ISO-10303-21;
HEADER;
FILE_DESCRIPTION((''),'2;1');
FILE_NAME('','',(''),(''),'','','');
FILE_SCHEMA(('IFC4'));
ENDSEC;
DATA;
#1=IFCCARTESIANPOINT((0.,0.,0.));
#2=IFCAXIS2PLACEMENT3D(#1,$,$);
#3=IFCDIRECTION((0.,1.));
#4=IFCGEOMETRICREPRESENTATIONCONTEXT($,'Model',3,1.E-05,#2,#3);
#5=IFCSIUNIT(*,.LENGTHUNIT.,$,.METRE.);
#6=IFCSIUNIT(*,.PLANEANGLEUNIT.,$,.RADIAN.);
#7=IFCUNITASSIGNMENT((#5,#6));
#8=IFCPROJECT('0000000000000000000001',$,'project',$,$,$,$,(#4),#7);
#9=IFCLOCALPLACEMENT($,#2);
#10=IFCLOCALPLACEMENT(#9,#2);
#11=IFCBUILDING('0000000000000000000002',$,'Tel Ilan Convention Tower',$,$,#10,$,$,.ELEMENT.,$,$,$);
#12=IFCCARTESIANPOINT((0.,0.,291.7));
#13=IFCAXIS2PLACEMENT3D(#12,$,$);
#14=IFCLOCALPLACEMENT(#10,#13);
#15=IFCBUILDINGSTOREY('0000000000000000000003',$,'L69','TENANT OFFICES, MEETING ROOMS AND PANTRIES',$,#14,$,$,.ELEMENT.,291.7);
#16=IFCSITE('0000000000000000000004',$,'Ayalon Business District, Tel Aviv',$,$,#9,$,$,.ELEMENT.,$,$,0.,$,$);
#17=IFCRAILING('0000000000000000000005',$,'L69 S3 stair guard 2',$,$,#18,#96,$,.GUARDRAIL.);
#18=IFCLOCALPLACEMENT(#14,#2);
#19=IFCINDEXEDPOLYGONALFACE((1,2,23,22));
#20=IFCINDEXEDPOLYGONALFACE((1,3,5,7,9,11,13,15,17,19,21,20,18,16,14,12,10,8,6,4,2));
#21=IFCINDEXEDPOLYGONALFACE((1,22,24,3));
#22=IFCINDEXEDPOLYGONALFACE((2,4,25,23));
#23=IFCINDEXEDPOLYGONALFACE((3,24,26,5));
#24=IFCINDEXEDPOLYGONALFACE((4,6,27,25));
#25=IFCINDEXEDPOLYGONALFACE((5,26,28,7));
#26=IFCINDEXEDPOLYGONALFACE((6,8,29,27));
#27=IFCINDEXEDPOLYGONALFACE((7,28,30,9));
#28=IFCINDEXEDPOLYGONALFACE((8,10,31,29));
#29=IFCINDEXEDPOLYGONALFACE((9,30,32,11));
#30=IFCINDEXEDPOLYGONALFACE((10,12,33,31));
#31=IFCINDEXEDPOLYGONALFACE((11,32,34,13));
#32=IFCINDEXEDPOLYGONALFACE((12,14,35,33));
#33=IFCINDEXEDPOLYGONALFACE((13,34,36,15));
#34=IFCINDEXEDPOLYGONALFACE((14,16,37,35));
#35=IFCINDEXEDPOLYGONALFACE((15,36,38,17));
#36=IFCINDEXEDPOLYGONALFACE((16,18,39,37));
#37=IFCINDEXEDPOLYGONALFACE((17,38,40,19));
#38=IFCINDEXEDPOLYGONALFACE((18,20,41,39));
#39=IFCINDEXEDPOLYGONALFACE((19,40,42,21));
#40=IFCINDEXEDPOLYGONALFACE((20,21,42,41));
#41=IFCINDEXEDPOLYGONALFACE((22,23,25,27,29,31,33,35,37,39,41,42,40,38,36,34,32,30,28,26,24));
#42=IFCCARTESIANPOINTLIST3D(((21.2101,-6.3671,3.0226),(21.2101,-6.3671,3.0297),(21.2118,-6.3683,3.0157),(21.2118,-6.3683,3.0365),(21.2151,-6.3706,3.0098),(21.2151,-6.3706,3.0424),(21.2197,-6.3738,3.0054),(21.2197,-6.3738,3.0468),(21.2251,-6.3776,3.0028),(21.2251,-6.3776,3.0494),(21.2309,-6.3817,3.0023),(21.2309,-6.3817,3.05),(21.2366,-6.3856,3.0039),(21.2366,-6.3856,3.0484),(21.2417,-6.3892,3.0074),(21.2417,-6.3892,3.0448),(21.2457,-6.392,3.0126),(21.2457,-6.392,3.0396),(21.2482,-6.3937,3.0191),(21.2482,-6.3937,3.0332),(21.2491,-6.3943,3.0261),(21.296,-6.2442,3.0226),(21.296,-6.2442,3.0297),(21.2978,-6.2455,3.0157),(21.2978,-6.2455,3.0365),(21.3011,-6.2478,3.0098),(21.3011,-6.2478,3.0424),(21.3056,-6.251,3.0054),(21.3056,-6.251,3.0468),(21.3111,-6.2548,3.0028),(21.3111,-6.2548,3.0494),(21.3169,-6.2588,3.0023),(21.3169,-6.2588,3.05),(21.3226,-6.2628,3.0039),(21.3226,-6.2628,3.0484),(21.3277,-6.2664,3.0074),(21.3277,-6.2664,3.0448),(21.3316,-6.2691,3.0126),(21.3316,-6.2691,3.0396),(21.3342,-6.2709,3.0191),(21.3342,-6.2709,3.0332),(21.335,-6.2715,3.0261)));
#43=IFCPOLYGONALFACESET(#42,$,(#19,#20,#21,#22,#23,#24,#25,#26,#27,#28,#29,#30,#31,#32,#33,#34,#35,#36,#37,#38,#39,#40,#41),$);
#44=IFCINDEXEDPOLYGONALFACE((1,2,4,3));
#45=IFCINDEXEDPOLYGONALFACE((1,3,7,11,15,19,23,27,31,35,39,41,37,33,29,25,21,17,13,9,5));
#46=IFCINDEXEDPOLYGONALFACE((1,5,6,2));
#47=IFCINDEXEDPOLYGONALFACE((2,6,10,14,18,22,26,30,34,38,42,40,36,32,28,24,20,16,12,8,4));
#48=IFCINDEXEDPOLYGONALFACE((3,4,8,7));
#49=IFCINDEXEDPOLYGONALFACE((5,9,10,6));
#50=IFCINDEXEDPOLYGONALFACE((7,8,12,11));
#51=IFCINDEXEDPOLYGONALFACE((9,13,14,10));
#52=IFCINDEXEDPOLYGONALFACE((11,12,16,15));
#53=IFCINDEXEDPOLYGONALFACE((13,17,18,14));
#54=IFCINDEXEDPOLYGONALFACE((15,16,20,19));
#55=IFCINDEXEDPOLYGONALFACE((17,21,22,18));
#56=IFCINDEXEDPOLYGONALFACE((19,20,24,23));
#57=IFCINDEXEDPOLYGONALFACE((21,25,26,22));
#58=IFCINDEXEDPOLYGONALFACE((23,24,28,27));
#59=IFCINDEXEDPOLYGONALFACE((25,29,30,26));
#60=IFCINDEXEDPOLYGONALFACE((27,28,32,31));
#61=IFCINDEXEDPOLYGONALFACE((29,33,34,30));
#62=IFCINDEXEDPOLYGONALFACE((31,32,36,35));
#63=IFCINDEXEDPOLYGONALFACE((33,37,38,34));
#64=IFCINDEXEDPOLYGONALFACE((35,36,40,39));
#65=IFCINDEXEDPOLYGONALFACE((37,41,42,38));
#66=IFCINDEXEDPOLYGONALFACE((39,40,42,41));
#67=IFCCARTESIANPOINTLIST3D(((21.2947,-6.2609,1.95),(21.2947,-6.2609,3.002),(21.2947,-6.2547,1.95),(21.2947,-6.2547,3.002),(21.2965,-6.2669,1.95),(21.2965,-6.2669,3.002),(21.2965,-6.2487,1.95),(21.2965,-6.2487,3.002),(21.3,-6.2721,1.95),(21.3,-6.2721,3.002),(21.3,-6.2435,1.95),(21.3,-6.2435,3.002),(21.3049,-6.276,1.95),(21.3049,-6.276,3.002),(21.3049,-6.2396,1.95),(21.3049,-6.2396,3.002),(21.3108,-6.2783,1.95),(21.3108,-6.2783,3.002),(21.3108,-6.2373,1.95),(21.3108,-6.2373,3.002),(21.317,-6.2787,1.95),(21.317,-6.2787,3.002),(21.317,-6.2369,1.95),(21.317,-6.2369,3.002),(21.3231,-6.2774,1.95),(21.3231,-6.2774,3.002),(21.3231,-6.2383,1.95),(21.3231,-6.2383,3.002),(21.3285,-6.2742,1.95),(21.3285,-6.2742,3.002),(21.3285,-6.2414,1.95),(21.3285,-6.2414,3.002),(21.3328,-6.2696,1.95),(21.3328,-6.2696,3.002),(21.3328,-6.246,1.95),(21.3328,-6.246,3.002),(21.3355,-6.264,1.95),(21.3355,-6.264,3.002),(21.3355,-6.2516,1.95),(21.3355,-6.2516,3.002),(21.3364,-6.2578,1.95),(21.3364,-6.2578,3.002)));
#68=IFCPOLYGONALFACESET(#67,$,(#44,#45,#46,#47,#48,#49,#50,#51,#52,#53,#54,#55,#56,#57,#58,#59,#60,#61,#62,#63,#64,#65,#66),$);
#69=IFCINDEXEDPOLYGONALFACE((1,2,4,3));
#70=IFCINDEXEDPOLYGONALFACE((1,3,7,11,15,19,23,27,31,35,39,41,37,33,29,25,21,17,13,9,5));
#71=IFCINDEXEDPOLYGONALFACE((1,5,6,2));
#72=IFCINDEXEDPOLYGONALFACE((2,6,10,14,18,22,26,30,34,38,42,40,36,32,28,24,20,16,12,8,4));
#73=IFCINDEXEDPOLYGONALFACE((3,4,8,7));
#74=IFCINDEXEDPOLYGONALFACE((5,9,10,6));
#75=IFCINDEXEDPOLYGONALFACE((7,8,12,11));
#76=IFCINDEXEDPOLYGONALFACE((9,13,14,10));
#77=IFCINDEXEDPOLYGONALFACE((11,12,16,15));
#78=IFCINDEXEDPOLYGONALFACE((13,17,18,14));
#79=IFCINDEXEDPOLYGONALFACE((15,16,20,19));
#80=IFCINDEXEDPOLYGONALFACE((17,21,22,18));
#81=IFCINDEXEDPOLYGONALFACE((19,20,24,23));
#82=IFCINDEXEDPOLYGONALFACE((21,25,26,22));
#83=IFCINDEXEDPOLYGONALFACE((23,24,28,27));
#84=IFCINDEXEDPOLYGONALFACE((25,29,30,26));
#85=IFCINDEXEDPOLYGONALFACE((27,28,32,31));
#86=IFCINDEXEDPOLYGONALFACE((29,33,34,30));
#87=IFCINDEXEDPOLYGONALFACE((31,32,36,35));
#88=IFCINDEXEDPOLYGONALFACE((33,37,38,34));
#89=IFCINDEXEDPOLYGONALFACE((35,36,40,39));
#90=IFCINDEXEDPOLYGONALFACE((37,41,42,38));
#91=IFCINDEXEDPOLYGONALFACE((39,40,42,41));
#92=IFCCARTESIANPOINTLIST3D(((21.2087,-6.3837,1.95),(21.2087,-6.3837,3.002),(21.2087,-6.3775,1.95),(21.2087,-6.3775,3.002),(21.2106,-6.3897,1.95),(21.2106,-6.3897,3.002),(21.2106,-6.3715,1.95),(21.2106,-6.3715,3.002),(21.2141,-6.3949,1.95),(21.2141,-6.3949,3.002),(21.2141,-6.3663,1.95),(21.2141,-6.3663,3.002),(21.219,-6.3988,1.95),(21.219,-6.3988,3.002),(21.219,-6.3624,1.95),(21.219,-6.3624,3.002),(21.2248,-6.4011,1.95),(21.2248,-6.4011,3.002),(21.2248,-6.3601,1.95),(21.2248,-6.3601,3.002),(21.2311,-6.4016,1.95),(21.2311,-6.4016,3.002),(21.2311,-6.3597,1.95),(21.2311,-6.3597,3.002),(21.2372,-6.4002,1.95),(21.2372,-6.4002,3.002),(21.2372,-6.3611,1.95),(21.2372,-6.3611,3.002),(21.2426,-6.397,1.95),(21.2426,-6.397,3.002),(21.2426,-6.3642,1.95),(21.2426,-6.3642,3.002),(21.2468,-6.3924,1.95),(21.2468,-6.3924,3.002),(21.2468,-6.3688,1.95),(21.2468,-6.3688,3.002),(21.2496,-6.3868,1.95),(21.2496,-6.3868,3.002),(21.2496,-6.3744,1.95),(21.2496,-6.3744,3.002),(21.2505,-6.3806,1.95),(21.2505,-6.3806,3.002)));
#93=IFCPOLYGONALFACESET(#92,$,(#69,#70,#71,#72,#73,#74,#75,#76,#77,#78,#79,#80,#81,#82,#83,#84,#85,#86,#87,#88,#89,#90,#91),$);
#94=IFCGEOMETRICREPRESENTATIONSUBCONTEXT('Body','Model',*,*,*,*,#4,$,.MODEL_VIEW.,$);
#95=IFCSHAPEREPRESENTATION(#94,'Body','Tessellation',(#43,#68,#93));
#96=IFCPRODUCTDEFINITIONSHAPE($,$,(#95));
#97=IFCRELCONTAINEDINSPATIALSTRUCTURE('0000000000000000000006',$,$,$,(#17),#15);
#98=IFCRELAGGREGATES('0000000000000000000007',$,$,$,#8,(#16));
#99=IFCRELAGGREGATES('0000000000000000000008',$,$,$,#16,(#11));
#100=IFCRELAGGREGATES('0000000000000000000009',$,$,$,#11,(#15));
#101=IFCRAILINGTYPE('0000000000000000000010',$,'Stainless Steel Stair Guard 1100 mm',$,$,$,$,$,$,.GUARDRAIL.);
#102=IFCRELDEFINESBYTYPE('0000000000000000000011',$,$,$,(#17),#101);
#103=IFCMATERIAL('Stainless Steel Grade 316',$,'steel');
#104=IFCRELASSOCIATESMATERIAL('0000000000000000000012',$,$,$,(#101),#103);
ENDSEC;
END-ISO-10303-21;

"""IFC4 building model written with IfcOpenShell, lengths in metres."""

from ifc_helpers import new_model, si_unit, direction, frame, origin, origin_2d, place, context, subcontext, project, spatial, circle, extrude, material, type_object, element, save


model = new_model("IFC4")

# Units and contexts
model_context = context("Model", 3, precision=1e-05, world=origin(), true_north=direction((0.0, 1.0)))
body_context = subcontext(model_context, "Body", "Model", "MODEL_VIEW")
ifc_project = project(units=[si_unit("LENGTHUNIT", "METRE"), si_unit("PLANEANGLEUNIT", "RADIAN")], contexts=[model_context])

# Site, building, storey
site_placement = place(None, origin())
site = spatial("IfcSite", under=ifc_project, at=site_placement, Name="Ayalon Business District, Tel Aviv", CompositionType="ELEMENT", RefElevation=0.0)
building_placement = place(site_placement, origin())
building = spatial("IfcBuilding", under=site, at=building_placement, Name="Tel Ilan Convention Tower", CompositionType="ELEMENT")
storey_placement = place(building_placement, frame((0.0, 0.0, 291.7)))
storey = spatial("IfcBuildingStorey", under=building, at=storey_placement, Name="L69", Description="TENANT OFFICES, MEETING ROOMS AND PANTRIES", CompositionType="ELEMENT", Elevation=291.7)

# Railing
ifc_material_1 = material(Name="Stainless Steel Grade 316", Category="steel")
railing_type_1 = type_object("IfcRailingType", Name="Stainless Steel Stair Guard 1100 mm", PredefinedType="GUARDRAIL", material=ifc_material_1)
railing_1_placement = place(storey_placement, frame((21.3154, -6.2578, 1.95)))
element("IfcRailing", 1, at=railing_1_placement, inside=storey, type_object=railing_type_1, Name="L69 S3 stair guard 2", PredefinedType="GUARDRAIL", context=body_context, shape_type="SweptSolid", body=[
    extrude(circle(Radius=0.0239, at=origin_2d()), frame((0.0, 0.0, 1.0762), z_axis=(-0.573353, -0.819308, 0.0), x_axis=(0.819308, -0.573353, 0.0)), (0.0, 0.0, 1.0), 0.1499),
    extrude(circle(Radius=0.021, at=origin_2d()), origin(), (0.0, 0.0, 1.0), 1.052),
    extrude(circle(Radius=0.021, at=origin_2d()), frame((-0.0859, -0.1228, 0.0)), (0.0, 0.0, 1.0), 1.052),
])

save(model, "model.ifc")
